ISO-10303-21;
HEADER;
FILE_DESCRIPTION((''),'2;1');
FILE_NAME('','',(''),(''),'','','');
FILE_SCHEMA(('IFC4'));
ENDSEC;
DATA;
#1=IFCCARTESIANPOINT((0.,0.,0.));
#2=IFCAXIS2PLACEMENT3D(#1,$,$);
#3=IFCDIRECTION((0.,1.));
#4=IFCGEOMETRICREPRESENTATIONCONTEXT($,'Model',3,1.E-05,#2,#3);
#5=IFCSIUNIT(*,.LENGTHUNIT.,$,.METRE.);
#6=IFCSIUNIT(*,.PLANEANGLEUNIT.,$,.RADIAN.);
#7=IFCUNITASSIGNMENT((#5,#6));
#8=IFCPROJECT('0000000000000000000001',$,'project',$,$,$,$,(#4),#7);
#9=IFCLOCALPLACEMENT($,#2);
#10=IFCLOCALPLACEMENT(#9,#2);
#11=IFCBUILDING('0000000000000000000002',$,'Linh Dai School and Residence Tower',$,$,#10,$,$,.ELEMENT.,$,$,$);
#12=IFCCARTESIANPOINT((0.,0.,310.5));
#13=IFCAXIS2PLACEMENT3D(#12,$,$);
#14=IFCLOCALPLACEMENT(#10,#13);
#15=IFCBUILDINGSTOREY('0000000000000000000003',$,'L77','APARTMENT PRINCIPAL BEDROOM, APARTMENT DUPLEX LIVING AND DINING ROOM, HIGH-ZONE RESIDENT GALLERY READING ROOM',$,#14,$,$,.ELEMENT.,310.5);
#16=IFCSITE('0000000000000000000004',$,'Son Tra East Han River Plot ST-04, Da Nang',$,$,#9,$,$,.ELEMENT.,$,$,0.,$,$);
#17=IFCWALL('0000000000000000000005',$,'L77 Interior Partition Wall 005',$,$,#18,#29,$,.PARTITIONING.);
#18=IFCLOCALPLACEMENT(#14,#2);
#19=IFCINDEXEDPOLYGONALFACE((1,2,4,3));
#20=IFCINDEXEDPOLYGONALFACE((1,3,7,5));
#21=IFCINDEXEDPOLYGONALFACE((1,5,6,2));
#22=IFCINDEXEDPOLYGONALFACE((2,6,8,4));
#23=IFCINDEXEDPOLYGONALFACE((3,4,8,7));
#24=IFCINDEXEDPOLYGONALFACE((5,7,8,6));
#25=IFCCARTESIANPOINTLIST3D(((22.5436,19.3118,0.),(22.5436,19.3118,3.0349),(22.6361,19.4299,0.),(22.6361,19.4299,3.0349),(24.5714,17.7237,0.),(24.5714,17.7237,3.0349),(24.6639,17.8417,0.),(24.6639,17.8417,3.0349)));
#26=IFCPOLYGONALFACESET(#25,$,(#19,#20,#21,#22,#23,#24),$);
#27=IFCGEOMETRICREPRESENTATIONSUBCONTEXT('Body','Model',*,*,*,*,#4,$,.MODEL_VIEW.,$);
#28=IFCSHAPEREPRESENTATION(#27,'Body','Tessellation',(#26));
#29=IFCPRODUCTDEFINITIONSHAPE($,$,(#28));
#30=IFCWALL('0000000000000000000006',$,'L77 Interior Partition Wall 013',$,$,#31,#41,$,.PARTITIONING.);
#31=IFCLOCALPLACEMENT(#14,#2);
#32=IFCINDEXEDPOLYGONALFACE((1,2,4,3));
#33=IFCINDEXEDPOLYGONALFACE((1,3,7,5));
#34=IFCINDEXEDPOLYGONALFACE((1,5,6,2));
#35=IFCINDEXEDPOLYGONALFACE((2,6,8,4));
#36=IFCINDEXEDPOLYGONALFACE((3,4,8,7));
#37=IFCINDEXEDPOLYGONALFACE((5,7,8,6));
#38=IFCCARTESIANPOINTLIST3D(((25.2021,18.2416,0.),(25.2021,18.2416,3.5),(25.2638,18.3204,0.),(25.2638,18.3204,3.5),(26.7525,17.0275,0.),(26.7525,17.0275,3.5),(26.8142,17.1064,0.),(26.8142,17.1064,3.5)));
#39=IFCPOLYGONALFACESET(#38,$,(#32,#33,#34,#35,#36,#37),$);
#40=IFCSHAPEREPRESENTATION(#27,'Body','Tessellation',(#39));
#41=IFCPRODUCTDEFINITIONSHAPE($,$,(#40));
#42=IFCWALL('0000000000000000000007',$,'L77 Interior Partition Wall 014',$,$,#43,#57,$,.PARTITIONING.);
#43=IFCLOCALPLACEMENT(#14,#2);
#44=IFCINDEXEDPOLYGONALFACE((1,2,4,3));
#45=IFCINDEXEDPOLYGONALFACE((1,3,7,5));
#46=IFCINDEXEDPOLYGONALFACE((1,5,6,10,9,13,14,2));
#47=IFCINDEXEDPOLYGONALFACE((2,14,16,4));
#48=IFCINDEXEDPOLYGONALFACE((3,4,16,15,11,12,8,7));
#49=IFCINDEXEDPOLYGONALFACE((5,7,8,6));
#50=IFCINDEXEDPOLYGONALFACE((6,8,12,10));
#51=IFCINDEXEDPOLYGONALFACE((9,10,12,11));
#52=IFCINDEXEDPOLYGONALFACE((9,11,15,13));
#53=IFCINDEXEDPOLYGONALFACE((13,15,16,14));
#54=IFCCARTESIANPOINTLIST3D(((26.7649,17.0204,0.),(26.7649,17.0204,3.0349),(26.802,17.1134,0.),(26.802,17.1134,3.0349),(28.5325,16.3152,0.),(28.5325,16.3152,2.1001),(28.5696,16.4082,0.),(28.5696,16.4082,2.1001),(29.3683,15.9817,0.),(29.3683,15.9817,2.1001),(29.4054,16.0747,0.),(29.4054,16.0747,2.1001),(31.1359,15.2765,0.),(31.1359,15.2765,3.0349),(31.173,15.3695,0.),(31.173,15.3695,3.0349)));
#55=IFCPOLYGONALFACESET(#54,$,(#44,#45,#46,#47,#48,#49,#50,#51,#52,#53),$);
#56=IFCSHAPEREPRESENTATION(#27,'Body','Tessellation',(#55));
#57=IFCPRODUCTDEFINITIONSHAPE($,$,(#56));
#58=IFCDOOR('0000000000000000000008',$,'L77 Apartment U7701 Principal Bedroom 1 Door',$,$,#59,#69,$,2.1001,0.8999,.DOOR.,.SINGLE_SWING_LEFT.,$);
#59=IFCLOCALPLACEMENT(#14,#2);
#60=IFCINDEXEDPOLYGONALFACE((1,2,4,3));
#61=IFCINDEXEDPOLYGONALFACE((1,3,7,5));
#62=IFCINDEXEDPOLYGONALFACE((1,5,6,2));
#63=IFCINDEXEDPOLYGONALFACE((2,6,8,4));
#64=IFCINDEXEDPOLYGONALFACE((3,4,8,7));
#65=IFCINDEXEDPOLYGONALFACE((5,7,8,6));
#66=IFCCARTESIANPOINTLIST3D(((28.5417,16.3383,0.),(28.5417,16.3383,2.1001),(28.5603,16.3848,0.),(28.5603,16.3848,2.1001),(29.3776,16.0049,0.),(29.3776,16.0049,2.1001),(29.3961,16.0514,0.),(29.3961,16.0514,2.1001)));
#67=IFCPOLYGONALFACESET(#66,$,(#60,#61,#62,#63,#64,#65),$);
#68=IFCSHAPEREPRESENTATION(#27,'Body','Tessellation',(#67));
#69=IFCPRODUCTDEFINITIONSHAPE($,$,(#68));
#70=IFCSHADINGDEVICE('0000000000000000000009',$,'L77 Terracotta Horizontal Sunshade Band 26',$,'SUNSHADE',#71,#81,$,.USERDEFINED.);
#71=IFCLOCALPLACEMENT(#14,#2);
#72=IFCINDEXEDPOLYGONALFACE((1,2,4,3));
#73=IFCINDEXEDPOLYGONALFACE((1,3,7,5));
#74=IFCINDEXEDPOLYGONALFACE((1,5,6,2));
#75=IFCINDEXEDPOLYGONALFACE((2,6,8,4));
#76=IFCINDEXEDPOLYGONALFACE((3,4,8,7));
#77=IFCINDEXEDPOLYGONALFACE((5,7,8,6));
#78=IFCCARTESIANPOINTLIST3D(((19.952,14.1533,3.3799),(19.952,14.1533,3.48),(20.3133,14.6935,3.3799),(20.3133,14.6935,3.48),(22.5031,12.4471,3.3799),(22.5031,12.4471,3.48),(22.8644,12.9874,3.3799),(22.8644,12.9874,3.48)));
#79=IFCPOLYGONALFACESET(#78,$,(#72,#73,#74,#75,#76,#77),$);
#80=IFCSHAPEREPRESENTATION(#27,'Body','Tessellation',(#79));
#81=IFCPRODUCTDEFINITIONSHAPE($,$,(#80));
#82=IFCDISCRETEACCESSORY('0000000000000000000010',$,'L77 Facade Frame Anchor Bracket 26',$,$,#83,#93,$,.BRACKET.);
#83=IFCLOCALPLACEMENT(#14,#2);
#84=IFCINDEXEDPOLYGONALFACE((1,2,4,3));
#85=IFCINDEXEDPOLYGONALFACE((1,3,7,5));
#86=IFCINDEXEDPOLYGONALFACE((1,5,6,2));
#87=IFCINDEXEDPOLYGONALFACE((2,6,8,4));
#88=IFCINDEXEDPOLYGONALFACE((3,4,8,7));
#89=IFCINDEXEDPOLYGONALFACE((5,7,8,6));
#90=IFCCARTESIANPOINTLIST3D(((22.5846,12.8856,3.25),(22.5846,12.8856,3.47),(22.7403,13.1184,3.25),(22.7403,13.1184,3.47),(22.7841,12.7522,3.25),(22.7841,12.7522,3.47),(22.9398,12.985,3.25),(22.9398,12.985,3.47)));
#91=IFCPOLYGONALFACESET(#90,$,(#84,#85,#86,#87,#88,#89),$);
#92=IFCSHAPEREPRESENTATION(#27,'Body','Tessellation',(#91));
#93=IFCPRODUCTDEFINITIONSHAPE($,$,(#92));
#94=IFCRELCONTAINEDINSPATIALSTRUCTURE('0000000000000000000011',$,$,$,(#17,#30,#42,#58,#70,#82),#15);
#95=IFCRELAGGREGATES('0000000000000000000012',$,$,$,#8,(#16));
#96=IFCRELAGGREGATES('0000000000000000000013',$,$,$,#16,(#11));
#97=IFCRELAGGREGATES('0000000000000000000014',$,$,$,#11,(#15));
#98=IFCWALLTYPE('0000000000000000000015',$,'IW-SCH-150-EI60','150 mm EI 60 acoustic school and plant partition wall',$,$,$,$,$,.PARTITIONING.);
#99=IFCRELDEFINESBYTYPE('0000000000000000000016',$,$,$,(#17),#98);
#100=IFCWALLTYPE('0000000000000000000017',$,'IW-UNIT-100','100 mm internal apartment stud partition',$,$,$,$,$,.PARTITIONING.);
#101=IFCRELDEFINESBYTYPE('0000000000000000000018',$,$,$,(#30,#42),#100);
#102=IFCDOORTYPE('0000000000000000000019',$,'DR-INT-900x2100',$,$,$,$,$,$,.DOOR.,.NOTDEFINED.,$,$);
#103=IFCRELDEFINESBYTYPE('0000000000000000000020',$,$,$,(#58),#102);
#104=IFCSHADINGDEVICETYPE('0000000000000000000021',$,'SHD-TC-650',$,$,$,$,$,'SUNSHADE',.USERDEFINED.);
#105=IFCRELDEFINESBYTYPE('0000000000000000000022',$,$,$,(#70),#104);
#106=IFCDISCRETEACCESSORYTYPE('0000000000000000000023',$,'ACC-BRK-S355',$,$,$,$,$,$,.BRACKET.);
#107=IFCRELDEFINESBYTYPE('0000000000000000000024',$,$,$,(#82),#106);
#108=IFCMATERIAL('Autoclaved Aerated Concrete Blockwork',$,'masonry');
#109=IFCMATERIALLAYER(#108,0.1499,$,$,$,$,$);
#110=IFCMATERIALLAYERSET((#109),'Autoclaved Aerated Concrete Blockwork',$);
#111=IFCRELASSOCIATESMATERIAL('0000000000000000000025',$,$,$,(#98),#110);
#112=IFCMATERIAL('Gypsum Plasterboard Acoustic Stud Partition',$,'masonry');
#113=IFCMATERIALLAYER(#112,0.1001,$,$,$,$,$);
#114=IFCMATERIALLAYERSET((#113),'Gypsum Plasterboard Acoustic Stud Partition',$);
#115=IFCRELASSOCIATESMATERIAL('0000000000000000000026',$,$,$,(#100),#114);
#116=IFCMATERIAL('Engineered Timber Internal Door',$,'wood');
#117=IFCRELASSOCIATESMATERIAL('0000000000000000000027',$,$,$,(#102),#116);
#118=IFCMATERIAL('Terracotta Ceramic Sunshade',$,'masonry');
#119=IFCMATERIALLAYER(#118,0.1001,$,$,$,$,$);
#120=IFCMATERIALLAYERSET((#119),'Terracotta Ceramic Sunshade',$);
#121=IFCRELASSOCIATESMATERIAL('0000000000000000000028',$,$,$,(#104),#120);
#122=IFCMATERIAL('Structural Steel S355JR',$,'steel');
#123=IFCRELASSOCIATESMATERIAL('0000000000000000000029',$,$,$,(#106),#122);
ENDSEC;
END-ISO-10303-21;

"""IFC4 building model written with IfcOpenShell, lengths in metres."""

from ifc_helpers import new_model, si_unit, direction, frame, frame_2d, origin, origin_2d, place, context, subcontext, project, spatial, rectangle, extrude, source, transform, mapped, material, layer, layer_set, type_object, element, fill, save


model = new_model("IFC4")

# Units and contexts
model_context = context("Model", 3, precision=1e-05, world=origin(), true_north=direction((0.0, 1.0)))
body_context = subcontext(model_context, "Body", "Model", "MODEL_VIEW")
ifc_project = project(units=[si_unit("LENGTHUNIT", "METRE"), si_unit("PLANEANGLEUNIT", "RADIAN")], contexts=[model_context])

# Site, building, storey
site_placement = place(None, origin())
site = spatial("IfcSite", under=ifc_project, at=site_placement, Name="Son Tra East Han River Plot ST-04, Da Nang", CompositionType="ELEMENT", RefElevation=0.0)
building_placement = place(site_placement, origin())
building = spatial("IfcBuilding", under=site, at=building_placement, Name="Linh Dai School and Residence Tower", CompositionType="ELEMENT")
storey_placement = place(building_placement, frame((0.0, 0.0, 310.5)))
storey = spatial("IfcBuildingStorey", under=building, at=storey_placement, Name="L77", Description="APARTMENT PRINCIPAL BEDROOM, APARTMENT DUPLEX LIVING AND DINING ROOM, HIGH-ZONE RESIDENT GALLERY READING ROOM", CompositionType="ELEMENT", Elevation=310.5)

# Shared definitions
ifc_material_1 = material(Name="Structural Steel S355JR", Category="steel")

# Shared definitions
ifc_material_2 = material(Name="Autoclaved Aerated Concrete Blockwork", Category="masonry")

# Walls
ifc_layer_1 = layer(ifc_material_2, 0.1499)
ifc_layer_set_1 = layer_set([ifc_layer_1], Name="Autoclaved Aerated Concrete Blockwork")
wall_type_1 = type_object("IfcWallType", Name="IW-SCH-150-EI60", Description="150 mm EI 60 acoustic school and plant partition wall", PredefinedType="PARTITIONING", material=ifc_layer_set_1)
wall_1_placement = place(storey_placement, frame((22.5898, 19.3708, 0.0), z_axis=(0.0, 0.0, 1.0), x_axis=(0.787291, -0.616582, 0.0)))
element("IfcWall", 1, at=wall_1_placement, inside=storey, type_object=wall_type_1, Name="L77 Interior Partition Wall 005", PredefinedType="PARTITIONING", context=body_context, shape_type="SweptSolid", body=[
    extrude(rectangle(XDim=2.5757, YDim=0.1499, at=frame_2d((1.2878, 0.0))), origin(), (0.0, 0.0, 1.0), 3.0349),
])
ifc_material_3 = material(Name="Gypsum Plasterboard Acoustic Stud Partition", Category="masonry")
ifc_layer_2 = layer(ifc_material_3, 0.1001)
ifc_layer_set_2 = layer_set([ifc_layer_2], Name="Gypsum Plasterboard Acoustic Stud Partition")
wall_type_2 = type_object("IfcWallType", Name="IW-UNIT-100", Description="100 mm internal apartment stud partition", PredefinedType="PARTITIONING", material=ifc_layer_set_2)
wall_2_placement = place(storey_placement, frame((25.2329, 18.281, 0.0), z_axis=(0.0, 0.0, 1.0), x_axis=(0.787345, -0.616512, 0.0)))
element("IfcWall", 2, at=wall_2_placement, inside=storey, type_object=wall_type_2, Name="L77 Interior Partition Wall 013", PredefinedType="PARTITIONING", context=body_context, shape_type="SweptSolid", body=[
    extrude(rectangle(XDim=1.9692, YDim=0.1001, at=frame_2d((0.9846, 0.0))), origin(), (0.0, 0.0, 1.0), 3.5),
])

# Wall, opening, door
wall_3_placement = place(storey_placement, frame((26.7834, 17.0669, 0.0), z_axis=(0.0, 0.0, 1.0), x_axis=(0.928809, -0.370559, 0.0)))
wall_3 = element("IfcWall", 3, at=wall_3_placement, inside=storey, type_object=wall_type_2, Name="L77 Interior Partition Wall 014", PredefinedType="PARTITIONING", context=body_context, shape_type="SweptSolid", body=[
    extrude(rectangle(XDim=4.7061, YDim=0.1001, at=frame_2d((2.353, 0.0))), origin(), (0.0, 0.0, 1.0), 3.0349),
])
opening_1_placement = place(wall_3_placement, frame((1.9031, 0.0, 0.0)))
opening_1 = element("IfcOpeningElement", 4, at=opening_1_placement, cuts=wall_3, PredefinedType="OPENING", context=body_context, shape_type="SweptSolid", body=[
    extrude(rectangle(XDim=0.8999, YDim=2.1001, at=origin_2d()), frame((0.45, 0.0601, 1.05), z_axis=(0.0, -1.0, 0.0), x_axis=(1.0, 0.0, 0.0)), (0.0, 0.0, 1.0), 0.1201),
])
ifc_material_4 = material(Name="Engineered Timber Internal Door", Category="wood")
door_type_1 = type_object("IfcDoorType", Name="DR-INT-900x2100", OperationType="NOTDEFINED", PredefinedType="DOOR", material=ifc_material_4)
shared_shape_1 = source(origin(), body_context, "Body", "SweptSolid", [
    extrude(rectangle(XDim=0.8999, YDim=2.1001, at=origin_2d()), frame((0.45, 0.0249, 1.05), z_axis=(0.0, -1.0, 0.0), x_axis=(1.0, 0.0, 0.0)), (0.0, 0.0, 1.0), 0.05),
])
door_1_placement = place(opening_1_placement, origin())
door_1 = element("IfcDoor", 5, at=door_1_placement, inside=storey, type_object=door_type_1, Name="L77 Apartment U7701 Principal Bedroom 1 Door", OperationType="SINGLE_SWING_LEFT", OverallHeight=2.1001, OverallWidth=0.8999, PredefinedType="DOOR", context=body_context, shape_type="MappedRepresentation", body=[
    mapped(shared_shape_1, transform((0.0, 0.0, 0.0), x_axis=(1.0, 0.0, 0.0), y_axis=(0.0, 1.0, 0.0), z_axis=(0.0, 0.0, 1.0), scale=1.0)),
])
fill(opening_1, door_1)

# Shading device
ifc_material_5 = material(Name="Terracotta Ceramic Sunshade", Category="masonry")
ifc_layer_3 = layer(ifc_material_5, 0.1001)
ifc_layer_set_3 = layer_set([ifc_layer_3], Name="Terracotta Ceramic Sunshade")
shading_device_type = type_object("IfcShadingDeviceType", Name="SHD-TC-650", ElementType="SUNSHADE", PredefinedType="USERDEFINED", material=ifc_layer_set_3)
shared_shape_2 = source(origin(), body_context, "Body", "SweptSolid", [
    extrude(rectangle(XDim=3.0691, YDim=0.6499, at=origin_2d()), origin(), (0.0, 0.0, 1.0), 0.1001),
])
shading_device_placement = place(storey_placement, frame((21.4082, 13.5703, 3.3799), z_axis=(0.0, 0.0, 1.0), x_axis=(-0.831245, 0.555906, 0.0)))
element("IfcShadingDevice", 6, at=shading_device_placement, inside=storey, type_object=shading_device_type, Name="L77 Terracotta Horizontal Sunshade Band 26", ObjectType="SUNSHADE", PredefinedType="USERDEFINED", context=body_context, shape_type="MappedRepresentation", body=[
    mapped(shared_shape_2, transform((0.0, 0.0, 0.0), x_axis=(1.0, 0.0, 0.0), y_axis=(0.0, 1.0, 0.0), z_axis=(0.0, 0.0, 1.0), scale=1.0)),
])

# Discrete accessory
discrete_accessory_type = type_object("IfcDiscreteAccessoryType", Name="ACC-BRK-S355", PredefinedType="BRACKET", material=ifc_material_1)
shared_shape_3 = source(origin(), body_context, "Body", "SweptSolid", [
    extrude(rectangle(XDim=0.28, YDim=0.24, at=origin_2d()), origin(), (0.0, 0.0, 1.0), 0.22),
])
discrete_accessory_placement = place(storey_placement, frame((22.7622, 12.9353, 3.25), z_axis=(0.0, 0.0, 1.0), x_axis=(-0.555906, -0.831245, 0.0)))
element("IfcDiscreteAccessory", 7, at=discrete_accessory_placement, inside=storey, type_object=discrete_accessory_type, Name="L77 Facade Frame Anchor Bracket 26", PredefinedType="BRACKET", context=body_context, shape_type="MappedRepresentation", body=[
    mapped(shared_shape_3, transform((0.0, 0.0, 0.0), x_axis=(1.0, 0.0, 0.0), y_axis=(0.0, 1.0, 0.0), z_axis=(0.0, 0.0, 1.0), scale=1.0)),
])

save(model, "model.ifc")
